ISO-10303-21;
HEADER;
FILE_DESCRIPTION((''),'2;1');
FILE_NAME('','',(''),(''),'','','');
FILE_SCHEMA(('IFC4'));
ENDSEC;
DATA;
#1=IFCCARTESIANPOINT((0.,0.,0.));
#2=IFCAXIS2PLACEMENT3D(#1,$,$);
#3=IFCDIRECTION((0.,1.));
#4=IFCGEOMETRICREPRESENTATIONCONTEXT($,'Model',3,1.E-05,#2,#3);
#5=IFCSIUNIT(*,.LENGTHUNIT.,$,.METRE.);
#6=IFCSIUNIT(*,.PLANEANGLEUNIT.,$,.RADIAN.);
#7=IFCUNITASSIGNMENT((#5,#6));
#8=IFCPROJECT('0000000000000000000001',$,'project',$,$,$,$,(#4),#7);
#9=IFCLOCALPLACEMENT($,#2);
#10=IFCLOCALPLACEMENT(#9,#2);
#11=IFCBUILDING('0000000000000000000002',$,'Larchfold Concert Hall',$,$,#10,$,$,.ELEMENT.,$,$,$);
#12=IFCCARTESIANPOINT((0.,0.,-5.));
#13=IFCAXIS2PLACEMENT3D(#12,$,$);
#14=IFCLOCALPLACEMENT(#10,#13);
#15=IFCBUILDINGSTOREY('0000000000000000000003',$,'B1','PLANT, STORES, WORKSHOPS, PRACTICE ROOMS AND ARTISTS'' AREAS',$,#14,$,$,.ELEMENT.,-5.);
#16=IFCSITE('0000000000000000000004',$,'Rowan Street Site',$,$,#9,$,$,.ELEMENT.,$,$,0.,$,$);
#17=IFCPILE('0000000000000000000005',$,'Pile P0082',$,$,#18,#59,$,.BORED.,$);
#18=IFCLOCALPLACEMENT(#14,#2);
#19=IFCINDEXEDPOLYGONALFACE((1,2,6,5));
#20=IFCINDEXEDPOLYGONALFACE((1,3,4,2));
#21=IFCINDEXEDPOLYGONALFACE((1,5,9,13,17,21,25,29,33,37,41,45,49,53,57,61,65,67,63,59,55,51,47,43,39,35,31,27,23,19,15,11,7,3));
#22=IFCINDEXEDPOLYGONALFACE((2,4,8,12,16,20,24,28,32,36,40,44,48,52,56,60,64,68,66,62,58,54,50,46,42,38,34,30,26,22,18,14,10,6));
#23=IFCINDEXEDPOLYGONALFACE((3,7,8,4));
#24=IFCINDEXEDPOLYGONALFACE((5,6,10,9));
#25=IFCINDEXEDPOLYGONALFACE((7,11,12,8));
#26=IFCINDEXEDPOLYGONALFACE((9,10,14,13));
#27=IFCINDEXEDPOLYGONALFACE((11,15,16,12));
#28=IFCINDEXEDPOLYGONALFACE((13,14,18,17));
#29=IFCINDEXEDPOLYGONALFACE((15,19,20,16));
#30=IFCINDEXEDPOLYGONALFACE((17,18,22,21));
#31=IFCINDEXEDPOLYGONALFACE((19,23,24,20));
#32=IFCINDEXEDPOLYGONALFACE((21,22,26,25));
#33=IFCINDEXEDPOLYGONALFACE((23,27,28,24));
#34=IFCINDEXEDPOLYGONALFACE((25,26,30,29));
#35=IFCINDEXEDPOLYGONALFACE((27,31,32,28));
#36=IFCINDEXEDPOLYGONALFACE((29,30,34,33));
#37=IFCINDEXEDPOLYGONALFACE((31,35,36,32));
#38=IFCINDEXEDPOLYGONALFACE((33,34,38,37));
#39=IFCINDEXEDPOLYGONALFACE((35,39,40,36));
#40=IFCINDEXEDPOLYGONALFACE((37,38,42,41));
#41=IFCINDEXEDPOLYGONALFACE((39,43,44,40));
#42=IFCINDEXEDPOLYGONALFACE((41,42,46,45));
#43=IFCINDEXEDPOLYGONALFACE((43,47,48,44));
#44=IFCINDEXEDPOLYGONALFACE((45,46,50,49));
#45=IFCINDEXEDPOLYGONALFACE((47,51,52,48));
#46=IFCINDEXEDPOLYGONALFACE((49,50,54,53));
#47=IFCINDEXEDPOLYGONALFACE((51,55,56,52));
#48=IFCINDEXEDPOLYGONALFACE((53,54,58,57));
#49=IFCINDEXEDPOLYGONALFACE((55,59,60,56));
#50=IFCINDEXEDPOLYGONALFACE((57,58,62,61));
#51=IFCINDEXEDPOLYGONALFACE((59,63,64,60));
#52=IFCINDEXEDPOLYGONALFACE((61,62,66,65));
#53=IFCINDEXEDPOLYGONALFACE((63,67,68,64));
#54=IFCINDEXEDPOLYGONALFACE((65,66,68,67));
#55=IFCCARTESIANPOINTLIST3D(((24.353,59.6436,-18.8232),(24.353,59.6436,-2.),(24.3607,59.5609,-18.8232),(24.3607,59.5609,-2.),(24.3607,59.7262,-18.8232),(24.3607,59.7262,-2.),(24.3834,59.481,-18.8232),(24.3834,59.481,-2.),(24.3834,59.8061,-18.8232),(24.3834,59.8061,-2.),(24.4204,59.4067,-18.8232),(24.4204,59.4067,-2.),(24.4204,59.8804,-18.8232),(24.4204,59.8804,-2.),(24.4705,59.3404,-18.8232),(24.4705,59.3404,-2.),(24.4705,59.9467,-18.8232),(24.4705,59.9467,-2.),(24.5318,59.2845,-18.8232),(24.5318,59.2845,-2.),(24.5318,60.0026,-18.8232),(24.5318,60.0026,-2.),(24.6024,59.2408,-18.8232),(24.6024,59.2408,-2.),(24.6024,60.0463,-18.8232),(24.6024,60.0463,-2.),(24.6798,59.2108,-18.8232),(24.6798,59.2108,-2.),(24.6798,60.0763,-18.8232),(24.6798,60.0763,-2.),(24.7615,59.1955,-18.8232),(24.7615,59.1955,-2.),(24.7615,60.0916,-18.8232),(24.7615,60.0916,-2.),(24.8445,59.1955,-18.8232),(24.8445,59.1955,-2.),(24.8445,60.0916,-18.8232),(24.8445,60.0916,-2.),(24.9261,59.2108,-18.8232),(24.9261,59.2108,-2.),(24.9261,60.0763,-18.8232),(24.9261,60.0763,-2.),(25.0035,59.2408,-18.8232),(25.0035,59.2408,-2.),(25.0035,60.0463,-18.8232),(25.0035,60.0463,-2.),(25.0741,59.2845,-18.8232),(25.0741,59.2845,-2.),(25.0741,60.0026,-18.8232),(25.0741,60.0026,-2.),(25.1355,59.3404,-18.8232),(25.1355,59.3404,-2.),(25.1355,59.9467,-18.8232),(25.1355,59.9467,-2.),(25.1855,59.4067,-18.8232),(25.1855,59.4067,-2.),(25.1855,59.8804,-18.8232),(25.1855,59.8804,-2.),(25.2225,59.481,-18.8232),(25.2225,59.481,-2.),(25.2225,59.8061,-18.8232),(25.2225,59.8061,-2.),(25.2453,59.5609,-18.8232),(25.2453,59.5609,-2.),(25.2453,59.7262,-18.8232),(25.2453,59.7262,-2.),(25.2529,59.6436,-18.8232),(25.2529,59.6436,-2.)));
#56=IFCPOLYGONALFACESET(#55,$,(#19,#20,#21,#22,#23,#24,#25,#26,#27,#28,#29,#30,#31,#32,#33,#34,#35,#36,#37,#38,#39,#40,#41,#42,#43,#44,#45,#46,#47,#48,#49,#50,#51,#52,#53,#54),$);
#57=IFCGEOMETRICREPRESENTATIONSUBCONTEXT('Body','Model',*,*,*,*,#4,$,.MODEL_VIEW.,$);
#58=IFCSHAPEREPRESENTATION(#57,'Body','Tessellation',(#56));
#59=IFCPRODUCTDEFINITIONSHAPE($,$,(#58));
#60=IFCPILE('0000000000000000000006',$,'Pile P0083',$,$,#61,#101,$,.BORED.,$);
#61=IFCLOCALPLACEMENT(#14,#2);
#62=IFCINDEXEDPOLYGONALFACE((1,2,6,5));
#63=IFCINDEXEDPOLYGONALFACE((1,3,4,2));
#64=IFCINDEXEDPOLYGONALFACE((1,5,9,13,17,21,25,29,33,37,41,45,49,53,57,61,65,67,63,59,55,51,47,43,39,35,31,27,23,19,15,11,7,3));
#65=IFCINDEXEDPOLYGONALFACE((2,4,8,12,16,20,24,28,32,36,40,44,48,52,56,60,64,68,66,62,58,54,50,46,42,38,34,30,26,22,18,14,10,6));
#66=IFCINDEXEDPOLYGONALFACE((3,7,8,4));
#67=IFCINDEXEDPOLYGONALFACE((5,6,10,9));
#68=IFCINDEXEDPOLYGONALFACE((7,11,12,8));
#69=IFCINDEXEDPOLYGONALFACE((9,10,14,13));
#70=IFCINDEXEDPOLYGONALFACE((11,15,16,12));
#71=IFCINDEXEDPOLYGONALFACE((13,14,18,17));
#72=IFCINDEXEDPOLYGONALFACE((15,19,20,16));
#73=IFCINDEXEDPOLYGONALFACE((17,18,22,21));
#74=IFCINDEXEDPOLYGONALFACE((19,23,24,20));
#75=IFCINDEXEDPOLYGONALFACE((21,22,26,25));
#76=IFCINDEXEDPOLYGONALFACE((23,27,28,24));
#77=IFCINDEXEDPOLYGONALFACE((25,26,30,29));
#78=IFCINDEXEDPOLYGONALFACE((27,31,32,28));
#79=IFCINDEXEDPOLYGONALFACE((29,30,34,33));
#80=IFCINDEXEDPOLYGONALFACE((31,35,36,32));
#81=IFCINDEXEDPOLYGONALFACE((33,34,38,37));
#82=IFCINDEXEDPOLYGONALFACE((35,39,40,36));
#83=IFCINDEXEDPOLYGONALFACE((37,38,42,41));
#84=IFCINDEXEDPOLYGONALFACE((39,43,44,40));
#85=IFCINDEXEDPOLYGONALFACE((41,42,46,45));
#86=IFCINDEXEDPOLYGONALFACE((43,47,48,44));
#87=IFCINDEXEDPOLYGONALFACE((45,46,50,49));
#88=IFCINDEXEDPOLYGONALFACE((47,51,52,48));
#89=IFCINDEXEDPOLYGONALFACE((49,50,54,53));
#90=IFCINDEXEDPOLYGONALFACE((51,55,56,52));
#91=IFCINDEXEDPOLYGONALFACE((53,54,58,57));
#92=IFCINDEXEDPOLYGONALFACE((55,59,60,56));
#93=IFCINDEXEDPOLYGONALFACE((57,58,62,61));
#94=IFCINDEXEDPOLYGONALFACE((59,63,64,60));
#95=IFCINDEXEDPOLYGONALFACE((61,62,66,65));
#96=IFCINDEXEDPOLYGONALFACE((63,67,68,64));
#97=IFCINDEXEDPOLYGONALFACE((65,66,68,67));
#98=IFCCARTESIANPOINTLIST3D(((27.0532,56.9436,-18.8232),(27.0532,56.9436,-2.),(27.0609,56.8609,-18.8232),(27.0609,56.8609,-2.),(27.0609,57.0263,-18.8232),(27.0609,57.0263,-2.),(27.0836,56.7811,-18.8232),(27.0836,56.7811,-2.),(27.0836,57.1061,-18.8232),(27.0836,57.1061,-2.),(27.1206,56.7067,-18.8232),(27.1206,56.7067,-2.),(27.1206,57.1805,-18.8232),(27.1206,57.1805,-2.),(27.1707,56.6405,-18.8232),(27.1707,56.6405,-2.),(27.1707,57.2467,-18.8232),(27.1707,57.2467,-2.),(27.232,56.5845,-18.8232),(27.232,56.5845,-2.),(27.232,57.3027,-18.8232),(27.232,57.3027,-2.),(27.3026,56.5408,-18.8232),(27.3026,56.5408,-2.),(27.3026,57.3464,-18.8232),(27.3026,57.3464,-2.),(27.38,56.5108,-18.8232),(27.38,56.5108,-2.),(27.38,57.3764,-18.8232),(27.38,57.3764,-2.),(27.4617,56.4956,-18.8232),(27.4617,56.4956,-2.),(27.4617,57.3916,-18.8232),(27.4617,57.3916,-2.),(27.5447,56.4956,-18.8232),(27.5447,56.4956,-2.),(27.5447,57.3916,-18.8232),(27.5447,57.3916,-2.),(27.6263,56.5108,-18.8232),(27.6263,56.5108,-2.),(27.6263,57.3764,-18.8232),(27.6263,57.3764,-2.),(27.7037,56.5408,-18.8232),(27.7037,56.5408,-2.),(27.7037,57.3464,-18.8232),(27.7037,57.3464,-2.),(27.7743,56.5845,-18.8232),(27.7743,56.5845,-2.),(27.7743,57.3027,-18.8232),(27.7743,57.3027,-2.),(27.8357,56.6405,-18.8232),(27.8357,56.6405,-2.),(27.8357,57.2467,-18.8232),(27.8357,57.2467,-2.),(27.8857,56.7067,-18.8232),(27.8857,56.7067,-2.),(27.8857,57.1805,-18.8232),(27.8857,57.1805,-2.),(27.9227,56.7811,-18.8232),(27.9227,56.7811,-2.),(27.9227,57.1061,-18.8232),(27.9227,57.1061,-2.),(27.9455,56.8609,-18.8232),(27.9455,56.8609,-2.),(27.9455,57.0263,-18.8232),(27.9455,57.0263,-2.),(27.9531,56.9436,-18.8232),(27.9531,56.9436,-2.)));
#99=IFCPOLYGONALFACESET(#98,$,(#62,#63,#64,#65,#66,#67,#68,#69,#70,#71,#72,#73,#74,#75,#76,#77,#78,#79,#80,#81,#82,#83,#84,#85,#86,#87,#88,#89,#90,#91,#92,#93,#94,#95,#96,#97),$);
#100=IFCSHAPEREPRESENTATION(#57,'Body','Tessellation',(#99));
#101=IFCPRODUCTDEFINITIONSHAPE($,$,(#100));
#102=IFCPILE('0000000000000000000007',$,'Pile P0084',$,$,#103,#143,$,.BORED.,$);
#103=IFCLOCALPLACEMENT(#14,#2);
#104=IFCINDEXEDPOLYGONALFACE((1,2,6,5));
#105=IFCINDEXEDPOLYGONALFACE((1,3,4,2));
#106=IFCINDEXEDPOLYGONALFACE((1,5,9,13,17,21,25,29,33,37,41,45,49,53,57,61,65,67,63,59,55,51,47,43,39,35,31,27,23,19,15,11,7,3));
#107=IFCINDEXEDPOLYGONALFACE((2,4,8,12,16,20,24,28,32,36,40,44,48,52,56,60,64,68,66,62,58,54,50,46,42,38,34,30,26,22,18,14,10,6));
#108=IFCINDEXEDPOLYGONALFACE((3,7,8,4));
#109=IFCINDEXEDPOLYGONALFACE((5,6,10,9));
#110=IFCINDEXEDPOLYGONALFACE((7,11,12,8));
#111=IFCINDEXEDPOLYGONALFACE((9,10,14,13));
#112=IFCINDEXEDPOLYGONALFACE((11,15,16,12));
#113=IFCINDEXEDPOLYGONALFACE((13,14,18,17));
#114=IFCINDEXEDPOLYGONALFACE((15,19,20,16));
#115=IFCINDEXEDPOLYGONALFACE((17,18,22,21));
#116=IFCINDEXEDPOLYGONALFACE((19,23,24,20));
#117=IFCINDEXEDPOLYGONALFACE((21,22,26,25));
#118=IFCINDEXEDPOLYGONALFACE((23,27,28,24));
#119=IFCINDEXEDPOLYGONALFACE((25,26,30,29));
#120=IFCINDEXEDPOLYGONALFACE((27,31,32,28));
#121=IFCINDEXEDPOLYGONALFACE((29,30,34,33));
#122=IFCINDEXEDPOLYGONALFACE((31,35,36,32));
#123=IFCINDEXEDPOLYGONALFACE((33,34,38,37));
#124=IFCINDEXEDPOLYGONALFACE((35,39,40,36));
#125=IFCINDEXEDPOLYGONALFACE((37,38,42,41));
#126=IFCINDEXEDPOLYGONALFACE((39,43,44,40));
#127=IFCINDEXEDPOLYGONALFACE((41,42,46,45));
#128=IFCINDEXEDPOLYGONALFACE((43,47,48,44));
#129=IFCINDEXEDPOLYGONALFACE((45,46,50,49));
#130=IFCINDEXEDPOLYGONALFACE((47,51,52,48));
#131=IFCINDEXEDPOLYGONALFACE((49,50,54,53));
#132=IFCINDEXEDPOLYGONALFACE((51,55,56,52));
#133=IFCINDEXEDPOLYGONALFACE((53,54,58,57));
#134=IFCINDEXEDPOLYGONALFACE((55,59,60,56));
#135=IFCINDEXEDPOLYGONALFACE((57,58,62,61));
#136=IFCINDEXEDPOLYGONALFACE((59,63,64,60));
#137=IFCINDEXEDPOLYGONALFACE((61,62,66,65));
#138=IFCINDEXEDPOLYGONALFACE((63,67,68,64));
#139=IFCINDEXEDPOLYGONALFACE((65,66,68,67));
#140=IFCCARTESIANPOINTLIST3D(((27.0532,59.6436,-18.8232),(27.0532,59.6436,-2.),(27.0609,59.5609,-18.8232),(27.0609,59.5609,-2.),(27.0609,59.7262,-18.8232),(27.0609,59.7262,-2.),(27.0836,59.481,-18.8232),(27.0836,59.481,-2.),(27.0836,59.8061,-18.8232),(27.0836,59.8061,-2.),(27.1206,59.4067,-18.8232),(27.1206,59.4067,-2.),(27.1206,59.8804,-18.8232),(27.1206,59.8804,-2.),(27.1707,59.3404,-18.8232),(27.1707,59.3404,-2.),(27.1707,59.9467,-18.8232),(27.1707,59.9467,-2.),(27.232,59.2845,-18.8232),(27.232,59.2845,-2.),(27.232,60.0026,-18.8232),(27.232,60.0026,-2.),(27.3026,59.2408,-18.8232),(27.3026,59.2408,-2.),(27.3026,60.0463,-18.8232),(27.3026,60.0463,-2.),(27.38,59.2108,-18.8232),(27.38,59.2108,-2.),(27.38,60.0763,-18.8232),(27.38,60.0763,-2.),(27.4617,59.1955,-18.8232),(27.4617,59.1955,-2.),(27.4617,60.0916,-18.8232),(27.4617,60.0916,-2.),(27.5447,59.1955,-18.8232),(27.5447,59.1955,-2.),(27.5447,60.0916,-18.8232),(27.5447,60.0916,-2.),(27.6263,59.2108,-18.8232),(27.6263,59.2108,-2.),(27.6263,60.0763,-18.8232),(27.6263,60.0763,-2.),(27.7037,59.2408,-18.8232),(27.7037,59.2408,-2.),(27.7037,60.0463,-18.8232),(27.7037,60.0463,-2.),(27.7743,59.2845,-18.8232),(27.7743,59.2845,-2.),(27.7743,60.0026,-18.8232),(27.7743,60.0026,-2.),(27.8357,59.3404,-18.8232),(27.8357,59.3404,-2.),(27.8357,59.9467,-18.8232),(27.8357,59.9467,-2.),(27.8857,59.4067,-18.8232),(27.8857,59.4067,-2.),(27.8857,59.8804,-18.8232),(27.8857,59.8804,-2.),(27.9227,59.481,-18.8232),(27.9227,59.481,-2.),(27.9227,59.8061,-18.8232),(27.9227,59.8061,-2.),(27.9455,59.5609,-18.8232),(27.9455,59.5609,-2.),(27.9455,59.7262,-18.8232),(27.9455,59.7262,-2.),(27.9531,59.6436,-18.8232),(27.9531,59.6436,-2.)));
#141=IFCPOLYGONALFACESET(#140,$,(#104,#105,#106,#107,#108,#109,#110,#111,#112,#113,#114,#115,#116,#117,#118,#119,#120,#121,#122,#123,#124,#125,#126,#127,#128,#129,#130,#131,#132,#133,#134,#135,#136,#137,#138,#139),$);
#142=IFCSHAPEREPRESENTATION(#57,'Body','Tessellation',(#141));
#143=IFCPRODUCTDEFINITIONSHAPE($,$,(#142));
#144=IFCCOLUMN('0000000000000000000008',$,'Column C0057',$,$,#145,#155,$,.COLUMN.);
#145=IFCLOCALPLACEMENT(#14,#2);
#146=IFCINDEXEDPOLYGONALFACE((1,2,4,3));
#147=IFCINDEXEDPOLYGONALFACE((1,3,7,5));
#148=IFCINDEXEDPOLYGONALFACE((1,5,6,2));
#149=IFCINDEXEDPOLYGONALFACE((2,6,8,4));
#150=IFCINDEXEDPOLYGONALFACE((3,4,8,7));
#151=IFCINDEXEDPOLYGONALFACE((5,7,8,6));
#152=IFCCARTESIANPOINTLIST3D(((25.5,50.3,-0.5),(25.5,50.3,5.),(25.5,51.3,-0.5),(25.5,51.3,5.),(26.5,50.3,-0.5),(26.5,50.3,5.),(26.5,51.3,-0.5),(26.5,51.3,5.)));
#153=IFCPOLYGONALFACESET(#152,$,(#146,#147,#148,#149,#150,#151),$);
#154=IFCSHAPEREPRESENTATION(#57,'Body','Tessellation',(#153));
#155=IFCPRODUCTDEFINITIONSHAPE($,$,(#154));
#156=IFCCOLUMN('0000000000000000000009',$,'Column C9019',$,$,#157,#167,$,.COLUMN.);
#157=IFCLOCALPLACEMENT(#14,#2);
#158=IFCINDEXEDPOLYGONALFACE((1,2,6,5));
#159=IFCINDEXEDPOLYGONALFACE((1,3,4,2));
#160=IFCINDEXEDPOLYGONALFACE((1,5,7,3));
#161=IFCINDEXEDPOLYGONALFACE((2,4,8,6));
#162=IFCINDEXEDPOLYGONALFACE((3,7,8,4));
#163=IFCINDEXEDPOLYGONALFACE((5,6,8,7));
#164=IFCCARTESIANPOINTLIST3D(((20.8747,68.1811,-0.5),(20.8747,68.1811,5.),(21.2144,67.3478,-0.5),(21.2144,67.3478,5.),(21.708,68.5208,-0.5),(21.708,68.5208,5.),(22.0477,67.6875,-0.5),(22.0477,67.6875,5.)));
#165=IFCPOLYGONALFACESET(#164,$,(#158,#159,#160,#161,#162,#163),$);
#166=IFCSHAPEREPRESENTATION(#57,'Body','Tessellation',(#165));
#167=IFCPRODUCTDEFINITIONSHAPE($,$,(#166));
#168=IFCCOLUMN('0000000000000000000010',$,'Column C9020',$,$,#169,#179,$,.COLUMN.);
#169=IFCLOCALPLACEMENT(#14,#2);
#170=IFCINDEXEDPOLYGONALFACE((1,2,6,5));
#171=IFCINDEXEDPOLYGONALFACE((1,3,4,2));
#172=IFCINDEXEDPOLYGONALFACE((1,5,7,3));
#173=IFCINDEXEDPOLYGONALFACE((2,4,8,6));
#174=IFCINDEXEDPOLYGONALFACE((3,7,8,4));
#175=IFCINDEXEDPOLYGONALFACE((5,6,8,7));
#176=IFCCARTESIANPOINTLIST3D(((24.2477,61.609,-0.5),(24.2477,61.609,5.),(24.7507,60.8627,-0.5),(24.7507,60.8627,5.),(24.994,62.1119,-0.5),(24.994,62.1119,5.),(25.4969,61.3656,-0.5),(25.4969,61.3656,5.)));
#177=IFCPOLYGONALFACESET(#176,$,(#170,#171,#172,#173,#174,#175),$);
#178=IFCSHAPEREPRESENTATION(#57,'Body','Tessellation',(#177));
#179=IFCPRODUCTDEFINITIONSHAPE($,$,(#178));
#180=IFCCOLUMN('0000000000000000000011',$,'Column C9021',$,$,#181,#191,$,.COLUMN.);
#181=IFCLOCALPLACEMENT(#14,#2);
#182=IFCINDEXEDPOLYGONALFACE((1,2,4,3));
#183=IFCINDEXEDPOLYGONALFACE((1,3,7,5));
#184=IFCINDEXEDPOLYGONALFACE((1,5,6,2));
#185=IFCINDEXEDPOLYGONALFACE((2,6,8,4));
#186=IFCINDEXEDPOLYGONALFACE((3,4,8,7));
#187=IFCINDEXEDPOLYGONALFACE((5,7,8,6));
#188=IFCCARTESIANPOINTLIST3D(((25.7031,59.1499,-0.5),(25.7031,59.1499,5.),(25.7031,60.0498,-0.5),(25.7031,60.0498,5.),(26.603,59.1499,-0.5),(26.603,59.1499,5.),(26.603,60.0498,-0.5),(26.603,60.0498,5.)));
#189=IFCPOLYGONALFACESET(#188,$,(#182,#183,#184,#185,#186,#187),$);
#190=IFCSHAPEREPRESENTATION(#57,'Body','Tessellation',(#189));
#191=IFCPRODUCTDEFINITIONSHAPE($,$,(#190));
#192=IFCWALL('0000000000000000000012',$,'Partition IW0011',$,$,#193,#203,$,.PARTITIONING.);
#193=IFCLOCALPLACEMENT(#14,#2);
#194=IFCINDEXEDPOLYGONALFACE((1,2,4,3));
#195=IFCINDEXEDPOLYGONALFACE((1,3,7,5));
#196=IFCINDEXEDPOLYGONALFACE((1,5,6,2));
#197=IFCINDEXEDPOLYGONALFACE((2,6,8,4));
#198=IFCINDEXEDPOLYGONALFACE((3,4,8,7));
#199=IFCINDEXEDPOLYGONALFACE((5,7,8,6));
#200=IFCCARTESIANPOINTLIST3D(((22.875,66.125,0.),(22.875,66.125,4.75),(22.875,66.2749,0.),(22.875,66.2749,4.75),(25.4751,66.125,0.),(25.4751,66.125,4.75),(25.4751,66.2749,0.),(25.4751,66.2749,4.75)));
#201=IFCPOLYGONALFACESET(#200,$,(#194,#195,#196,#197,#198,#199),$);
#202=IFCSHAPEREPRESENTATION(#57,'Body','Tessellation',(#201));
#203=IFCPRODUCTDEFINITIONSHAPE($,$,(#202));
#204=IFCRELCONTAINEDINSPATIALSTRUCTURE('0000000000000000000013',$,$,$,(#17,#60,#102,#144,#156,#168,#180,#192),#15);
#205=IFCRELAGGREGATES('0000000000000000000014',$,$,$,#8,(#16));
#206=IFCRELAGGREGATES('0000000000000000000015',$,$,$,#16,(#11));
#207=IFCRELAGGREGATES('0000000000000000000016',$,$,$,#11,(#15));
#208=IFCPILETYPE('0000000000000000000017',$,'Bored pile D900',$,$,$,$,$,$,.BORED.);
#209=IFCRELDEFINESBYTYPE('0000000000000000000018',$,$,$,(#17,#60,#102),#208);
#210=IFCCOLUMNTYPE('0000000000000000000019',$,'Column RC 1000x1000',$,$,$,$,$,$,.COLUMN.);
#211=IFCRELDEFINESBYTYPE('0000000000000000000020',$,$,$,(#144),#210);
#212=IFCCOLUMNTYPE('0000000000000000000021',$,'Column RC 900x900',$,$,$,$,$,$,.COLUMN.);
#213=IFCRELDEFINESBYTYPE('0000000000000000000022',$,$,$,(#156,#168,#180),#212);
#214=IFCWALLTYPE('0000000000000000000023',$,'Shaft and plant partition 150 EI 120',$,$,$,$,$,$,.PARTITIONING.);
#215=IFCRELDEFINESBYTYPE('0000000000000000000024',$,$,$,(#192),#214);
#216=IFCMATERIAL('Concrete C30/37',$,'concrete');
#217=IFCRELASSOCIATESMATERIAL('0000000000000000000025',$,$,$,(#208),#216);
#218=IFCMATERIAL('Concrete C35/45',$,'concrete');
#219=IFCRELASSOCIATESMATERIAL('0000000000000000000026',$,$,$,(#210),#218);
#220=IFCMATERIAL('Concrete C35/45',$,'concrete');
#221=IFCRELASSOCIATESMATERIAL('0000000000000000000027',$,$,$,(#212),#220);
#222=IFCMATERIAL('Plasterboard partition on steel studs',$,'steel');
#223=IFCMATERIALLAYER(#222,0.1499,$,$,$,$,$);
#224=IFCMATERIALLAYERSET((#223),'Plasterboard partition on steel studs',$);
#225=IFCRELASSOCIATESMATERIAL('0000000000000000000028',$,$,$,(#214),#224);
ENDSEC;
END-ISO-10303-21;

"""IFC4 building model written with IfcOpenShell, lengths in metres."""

from ifc_helpers import new_model, si_unit, direction, frame, frame_2d, origin, origin_2d, place, context, subcontext, project, spatial, rectangle, circle, extrude, material, layer, layer_set, material_profile, profile_set, type_object, element, save


model = new_model("IFC4")

# Units and contexts
model_context = context("Model", 3, precision=1e-05, world=origin(), true_north=direction((0.0, 1.0)))
body_context = subcontext(model_context, "Body", "Model", "MODEL_VIEW")
ifc_project = project(units=[si_unit("LENGTHUNIT", "METRE"), si_unit("PLANEANGLEUNIT", "RADIAN")], contexts=[model_context])

# Site, building, storey
site_placement = place(None, origin())
site = spatial("IfcSite", under=ifc_project, at=site_placement, Name="Rowan Street Site", CompositionType="ELEMENT", RefElevation=0.0)
building_placement = place(site_placement, origin())
building = spatial("IfcBuilding", under=site, at=building_placement, Name="Larchfold Concert Hall", CompositionType="ELEMENT")
storey_placement = place(building_placement, frame((0.0, 0.0, -5.0)))
storey = spatial("IfcBuildingStorey", under=building, at=storey_placement, Name="B1", Description="PLANT, STORES, WORKSHOPS, PRACTICE ROOMS AND ARTISTS' AREAS", CompositionType="ELEMENT", Elevation=-5.0)

# Piles
ifc_material_1 = material(Name="Concrete C30/37", Category="concrete")
ifc_material_profile_1 = material_profile(ifc_material_1, circle(Radius=0.45, at=origin_2d()))
ifc_profile_set_1 = profile_set([ifc_material_profile_1], Name="Concrete C30/37")
pile_type_1 = type_object("IfcPileType", Name="Bored pile D900", PredefinedType="BORED", material=ifc_profile_set_1)
for number, where, z_axis, x_axis, name in (
    (1, (24.803, 59.6436, -2.0), (0.0, 0.0, -1.0), (1.0, 0.0, 0.0), "Pile P0082"),
    (2, (27.5032, 56.9436, -2.0), (0.0, 0.0, -1.0), (1.0, 0.0, 0.0), "Pile P0083"),
    (3, (27.5032, 59.6436, -2.0), (0.0, 0.0, -1.0), (1.0, 0.0, 0.0), "Pile P0084"),
):
    element("IfcPile", number, at=place(storey_placement, frame(where, z_axis=z_axis, x_axis=x_axis)), inside=storey, type_object=pile_type_1, Name=name, PredefinedType="BORED", context=body_context, shape_type="SweptSolid", body=[
        extrude(circle(Radius=0.45, at=origin_2d()), origin(), (0.0, 0.0, 1.0), 16.8232),
    ])

# Columns
ifc_material_2 = material(Name="Concrete C35/45", Category="concrete")
ifc_material_profile_2 = material_profile(ifc_material_2, rectangle(XDim=1.0, YDim=1.0, at=origin_2d()))
ifc_profile_set_2 = profile_set([ifc_material_profile_2], Name="Concrete C35/45")
column_type_1 = type_object("IfcColumnType", Name="Column RC 1000x1000", PredefinedType="COLUMN", material=ifc_profile_set_2)
column_placement = place(storey_placement, frame((26.0, 50.8, -0.5), z_axis=(0.0, 0.0, 1.0), x_axis=(1.0, 0.0, 0.0)))
element("IfcColumn", 4, at=column_placement, inside=storey, type_object=column_type_1, Name="Column C0057", PredefinedType="COLUMN", context=body_context, shape_type="SweptSolid", body=[
    extrude(rectangle(XDim=1.0, YDim=1.0, at=origin_2d()), origin(), (0.0, 0.0, 1.0), 5.5),
])
ifc_material_3 = material(Name="Concrete C35/45", Category="concrete")
ifc_material_profile_3 = material_profile(ifc_material_3, rectangle(XDim=0.8999, YDim=0.8999, at=origin_2d()))
ifc_profile_set_3 = profile_set([ifc_material_profile_3], Name="Concrete C35/45")
column_type_2 = type_object("IfcColumnType", Name="Column RC 900x900", PredefinedType="COLUMN", material=ifc_profile_set_3)
for number, where, z_axis, x_axis, name in (
    (5, (21.4612, 67.9343, -0.5), (0.0, 0.0, 1.0), (0.926014, 0.37749, 0.0), "Column C9019"),
    (6, (24.8723, 61.4873, -0.5), (0.0, 0.0, 1.0), (0.829253, 0.558874, 0.0), "Column C9020"),
    (7, (26.1531, 59.5999, -0.5), (0.0, 0.0, 1.0), (1.0, 0.0, 0.0), "Column C9021"),
):
    element("IfcColumn", number, at=place(storey_placement, frame(where, z_axis=z_axis, x_axis=x_axis)), inside=storey, type_object=column_type_2, Name=name, PredefinedType="COLUMN", context=body_context, shape_type="SweptSolid", body=[
        extrude(rectangle(XDim=0.8999, YDim=0.8999, at=origin_2d()), origin(), (0.0, 0.0, 1.0), 5.5),
    ])

# Wall
ifc_material_4 = material(Name="Plasterboard partition on steel studs", Category="steel")
ifc_layer_1 = layer(ifc_material_4, 0.1499)
ifc_layer_set_1 = layer_set([ifc_layer_1], Name="Plasterboard partition on steel studs")
wall_type_1 = type_object("IfcWallType", Name="Shaft and plant partition 150 EI 120", PredefinedType="PARTITIONING", material=ifc_layer_set_1)
wall_1_placement = place(storey_placement, frame((22.875, 66.2, 0.0), z_axis=(0.0, 0.0, 1.0), x_axis=(1.0, 0.0, 0.0)))
element("IfcWall", 8, at=wall_1_placement, inside=storey, type_object=wall_type_1, Name="Partition IW0011", PredefinedType="PARTITIONING", context=body_context, shape_type="SweptSolid", body=[
    extrude(rectangle(XDim=2.6001, YDim=0.1499, at=frame_2d((1.3, 0.0))), origin(), (0.0, 0.0, 1.0), 4.75),
])

save(model, "model.ifc")
